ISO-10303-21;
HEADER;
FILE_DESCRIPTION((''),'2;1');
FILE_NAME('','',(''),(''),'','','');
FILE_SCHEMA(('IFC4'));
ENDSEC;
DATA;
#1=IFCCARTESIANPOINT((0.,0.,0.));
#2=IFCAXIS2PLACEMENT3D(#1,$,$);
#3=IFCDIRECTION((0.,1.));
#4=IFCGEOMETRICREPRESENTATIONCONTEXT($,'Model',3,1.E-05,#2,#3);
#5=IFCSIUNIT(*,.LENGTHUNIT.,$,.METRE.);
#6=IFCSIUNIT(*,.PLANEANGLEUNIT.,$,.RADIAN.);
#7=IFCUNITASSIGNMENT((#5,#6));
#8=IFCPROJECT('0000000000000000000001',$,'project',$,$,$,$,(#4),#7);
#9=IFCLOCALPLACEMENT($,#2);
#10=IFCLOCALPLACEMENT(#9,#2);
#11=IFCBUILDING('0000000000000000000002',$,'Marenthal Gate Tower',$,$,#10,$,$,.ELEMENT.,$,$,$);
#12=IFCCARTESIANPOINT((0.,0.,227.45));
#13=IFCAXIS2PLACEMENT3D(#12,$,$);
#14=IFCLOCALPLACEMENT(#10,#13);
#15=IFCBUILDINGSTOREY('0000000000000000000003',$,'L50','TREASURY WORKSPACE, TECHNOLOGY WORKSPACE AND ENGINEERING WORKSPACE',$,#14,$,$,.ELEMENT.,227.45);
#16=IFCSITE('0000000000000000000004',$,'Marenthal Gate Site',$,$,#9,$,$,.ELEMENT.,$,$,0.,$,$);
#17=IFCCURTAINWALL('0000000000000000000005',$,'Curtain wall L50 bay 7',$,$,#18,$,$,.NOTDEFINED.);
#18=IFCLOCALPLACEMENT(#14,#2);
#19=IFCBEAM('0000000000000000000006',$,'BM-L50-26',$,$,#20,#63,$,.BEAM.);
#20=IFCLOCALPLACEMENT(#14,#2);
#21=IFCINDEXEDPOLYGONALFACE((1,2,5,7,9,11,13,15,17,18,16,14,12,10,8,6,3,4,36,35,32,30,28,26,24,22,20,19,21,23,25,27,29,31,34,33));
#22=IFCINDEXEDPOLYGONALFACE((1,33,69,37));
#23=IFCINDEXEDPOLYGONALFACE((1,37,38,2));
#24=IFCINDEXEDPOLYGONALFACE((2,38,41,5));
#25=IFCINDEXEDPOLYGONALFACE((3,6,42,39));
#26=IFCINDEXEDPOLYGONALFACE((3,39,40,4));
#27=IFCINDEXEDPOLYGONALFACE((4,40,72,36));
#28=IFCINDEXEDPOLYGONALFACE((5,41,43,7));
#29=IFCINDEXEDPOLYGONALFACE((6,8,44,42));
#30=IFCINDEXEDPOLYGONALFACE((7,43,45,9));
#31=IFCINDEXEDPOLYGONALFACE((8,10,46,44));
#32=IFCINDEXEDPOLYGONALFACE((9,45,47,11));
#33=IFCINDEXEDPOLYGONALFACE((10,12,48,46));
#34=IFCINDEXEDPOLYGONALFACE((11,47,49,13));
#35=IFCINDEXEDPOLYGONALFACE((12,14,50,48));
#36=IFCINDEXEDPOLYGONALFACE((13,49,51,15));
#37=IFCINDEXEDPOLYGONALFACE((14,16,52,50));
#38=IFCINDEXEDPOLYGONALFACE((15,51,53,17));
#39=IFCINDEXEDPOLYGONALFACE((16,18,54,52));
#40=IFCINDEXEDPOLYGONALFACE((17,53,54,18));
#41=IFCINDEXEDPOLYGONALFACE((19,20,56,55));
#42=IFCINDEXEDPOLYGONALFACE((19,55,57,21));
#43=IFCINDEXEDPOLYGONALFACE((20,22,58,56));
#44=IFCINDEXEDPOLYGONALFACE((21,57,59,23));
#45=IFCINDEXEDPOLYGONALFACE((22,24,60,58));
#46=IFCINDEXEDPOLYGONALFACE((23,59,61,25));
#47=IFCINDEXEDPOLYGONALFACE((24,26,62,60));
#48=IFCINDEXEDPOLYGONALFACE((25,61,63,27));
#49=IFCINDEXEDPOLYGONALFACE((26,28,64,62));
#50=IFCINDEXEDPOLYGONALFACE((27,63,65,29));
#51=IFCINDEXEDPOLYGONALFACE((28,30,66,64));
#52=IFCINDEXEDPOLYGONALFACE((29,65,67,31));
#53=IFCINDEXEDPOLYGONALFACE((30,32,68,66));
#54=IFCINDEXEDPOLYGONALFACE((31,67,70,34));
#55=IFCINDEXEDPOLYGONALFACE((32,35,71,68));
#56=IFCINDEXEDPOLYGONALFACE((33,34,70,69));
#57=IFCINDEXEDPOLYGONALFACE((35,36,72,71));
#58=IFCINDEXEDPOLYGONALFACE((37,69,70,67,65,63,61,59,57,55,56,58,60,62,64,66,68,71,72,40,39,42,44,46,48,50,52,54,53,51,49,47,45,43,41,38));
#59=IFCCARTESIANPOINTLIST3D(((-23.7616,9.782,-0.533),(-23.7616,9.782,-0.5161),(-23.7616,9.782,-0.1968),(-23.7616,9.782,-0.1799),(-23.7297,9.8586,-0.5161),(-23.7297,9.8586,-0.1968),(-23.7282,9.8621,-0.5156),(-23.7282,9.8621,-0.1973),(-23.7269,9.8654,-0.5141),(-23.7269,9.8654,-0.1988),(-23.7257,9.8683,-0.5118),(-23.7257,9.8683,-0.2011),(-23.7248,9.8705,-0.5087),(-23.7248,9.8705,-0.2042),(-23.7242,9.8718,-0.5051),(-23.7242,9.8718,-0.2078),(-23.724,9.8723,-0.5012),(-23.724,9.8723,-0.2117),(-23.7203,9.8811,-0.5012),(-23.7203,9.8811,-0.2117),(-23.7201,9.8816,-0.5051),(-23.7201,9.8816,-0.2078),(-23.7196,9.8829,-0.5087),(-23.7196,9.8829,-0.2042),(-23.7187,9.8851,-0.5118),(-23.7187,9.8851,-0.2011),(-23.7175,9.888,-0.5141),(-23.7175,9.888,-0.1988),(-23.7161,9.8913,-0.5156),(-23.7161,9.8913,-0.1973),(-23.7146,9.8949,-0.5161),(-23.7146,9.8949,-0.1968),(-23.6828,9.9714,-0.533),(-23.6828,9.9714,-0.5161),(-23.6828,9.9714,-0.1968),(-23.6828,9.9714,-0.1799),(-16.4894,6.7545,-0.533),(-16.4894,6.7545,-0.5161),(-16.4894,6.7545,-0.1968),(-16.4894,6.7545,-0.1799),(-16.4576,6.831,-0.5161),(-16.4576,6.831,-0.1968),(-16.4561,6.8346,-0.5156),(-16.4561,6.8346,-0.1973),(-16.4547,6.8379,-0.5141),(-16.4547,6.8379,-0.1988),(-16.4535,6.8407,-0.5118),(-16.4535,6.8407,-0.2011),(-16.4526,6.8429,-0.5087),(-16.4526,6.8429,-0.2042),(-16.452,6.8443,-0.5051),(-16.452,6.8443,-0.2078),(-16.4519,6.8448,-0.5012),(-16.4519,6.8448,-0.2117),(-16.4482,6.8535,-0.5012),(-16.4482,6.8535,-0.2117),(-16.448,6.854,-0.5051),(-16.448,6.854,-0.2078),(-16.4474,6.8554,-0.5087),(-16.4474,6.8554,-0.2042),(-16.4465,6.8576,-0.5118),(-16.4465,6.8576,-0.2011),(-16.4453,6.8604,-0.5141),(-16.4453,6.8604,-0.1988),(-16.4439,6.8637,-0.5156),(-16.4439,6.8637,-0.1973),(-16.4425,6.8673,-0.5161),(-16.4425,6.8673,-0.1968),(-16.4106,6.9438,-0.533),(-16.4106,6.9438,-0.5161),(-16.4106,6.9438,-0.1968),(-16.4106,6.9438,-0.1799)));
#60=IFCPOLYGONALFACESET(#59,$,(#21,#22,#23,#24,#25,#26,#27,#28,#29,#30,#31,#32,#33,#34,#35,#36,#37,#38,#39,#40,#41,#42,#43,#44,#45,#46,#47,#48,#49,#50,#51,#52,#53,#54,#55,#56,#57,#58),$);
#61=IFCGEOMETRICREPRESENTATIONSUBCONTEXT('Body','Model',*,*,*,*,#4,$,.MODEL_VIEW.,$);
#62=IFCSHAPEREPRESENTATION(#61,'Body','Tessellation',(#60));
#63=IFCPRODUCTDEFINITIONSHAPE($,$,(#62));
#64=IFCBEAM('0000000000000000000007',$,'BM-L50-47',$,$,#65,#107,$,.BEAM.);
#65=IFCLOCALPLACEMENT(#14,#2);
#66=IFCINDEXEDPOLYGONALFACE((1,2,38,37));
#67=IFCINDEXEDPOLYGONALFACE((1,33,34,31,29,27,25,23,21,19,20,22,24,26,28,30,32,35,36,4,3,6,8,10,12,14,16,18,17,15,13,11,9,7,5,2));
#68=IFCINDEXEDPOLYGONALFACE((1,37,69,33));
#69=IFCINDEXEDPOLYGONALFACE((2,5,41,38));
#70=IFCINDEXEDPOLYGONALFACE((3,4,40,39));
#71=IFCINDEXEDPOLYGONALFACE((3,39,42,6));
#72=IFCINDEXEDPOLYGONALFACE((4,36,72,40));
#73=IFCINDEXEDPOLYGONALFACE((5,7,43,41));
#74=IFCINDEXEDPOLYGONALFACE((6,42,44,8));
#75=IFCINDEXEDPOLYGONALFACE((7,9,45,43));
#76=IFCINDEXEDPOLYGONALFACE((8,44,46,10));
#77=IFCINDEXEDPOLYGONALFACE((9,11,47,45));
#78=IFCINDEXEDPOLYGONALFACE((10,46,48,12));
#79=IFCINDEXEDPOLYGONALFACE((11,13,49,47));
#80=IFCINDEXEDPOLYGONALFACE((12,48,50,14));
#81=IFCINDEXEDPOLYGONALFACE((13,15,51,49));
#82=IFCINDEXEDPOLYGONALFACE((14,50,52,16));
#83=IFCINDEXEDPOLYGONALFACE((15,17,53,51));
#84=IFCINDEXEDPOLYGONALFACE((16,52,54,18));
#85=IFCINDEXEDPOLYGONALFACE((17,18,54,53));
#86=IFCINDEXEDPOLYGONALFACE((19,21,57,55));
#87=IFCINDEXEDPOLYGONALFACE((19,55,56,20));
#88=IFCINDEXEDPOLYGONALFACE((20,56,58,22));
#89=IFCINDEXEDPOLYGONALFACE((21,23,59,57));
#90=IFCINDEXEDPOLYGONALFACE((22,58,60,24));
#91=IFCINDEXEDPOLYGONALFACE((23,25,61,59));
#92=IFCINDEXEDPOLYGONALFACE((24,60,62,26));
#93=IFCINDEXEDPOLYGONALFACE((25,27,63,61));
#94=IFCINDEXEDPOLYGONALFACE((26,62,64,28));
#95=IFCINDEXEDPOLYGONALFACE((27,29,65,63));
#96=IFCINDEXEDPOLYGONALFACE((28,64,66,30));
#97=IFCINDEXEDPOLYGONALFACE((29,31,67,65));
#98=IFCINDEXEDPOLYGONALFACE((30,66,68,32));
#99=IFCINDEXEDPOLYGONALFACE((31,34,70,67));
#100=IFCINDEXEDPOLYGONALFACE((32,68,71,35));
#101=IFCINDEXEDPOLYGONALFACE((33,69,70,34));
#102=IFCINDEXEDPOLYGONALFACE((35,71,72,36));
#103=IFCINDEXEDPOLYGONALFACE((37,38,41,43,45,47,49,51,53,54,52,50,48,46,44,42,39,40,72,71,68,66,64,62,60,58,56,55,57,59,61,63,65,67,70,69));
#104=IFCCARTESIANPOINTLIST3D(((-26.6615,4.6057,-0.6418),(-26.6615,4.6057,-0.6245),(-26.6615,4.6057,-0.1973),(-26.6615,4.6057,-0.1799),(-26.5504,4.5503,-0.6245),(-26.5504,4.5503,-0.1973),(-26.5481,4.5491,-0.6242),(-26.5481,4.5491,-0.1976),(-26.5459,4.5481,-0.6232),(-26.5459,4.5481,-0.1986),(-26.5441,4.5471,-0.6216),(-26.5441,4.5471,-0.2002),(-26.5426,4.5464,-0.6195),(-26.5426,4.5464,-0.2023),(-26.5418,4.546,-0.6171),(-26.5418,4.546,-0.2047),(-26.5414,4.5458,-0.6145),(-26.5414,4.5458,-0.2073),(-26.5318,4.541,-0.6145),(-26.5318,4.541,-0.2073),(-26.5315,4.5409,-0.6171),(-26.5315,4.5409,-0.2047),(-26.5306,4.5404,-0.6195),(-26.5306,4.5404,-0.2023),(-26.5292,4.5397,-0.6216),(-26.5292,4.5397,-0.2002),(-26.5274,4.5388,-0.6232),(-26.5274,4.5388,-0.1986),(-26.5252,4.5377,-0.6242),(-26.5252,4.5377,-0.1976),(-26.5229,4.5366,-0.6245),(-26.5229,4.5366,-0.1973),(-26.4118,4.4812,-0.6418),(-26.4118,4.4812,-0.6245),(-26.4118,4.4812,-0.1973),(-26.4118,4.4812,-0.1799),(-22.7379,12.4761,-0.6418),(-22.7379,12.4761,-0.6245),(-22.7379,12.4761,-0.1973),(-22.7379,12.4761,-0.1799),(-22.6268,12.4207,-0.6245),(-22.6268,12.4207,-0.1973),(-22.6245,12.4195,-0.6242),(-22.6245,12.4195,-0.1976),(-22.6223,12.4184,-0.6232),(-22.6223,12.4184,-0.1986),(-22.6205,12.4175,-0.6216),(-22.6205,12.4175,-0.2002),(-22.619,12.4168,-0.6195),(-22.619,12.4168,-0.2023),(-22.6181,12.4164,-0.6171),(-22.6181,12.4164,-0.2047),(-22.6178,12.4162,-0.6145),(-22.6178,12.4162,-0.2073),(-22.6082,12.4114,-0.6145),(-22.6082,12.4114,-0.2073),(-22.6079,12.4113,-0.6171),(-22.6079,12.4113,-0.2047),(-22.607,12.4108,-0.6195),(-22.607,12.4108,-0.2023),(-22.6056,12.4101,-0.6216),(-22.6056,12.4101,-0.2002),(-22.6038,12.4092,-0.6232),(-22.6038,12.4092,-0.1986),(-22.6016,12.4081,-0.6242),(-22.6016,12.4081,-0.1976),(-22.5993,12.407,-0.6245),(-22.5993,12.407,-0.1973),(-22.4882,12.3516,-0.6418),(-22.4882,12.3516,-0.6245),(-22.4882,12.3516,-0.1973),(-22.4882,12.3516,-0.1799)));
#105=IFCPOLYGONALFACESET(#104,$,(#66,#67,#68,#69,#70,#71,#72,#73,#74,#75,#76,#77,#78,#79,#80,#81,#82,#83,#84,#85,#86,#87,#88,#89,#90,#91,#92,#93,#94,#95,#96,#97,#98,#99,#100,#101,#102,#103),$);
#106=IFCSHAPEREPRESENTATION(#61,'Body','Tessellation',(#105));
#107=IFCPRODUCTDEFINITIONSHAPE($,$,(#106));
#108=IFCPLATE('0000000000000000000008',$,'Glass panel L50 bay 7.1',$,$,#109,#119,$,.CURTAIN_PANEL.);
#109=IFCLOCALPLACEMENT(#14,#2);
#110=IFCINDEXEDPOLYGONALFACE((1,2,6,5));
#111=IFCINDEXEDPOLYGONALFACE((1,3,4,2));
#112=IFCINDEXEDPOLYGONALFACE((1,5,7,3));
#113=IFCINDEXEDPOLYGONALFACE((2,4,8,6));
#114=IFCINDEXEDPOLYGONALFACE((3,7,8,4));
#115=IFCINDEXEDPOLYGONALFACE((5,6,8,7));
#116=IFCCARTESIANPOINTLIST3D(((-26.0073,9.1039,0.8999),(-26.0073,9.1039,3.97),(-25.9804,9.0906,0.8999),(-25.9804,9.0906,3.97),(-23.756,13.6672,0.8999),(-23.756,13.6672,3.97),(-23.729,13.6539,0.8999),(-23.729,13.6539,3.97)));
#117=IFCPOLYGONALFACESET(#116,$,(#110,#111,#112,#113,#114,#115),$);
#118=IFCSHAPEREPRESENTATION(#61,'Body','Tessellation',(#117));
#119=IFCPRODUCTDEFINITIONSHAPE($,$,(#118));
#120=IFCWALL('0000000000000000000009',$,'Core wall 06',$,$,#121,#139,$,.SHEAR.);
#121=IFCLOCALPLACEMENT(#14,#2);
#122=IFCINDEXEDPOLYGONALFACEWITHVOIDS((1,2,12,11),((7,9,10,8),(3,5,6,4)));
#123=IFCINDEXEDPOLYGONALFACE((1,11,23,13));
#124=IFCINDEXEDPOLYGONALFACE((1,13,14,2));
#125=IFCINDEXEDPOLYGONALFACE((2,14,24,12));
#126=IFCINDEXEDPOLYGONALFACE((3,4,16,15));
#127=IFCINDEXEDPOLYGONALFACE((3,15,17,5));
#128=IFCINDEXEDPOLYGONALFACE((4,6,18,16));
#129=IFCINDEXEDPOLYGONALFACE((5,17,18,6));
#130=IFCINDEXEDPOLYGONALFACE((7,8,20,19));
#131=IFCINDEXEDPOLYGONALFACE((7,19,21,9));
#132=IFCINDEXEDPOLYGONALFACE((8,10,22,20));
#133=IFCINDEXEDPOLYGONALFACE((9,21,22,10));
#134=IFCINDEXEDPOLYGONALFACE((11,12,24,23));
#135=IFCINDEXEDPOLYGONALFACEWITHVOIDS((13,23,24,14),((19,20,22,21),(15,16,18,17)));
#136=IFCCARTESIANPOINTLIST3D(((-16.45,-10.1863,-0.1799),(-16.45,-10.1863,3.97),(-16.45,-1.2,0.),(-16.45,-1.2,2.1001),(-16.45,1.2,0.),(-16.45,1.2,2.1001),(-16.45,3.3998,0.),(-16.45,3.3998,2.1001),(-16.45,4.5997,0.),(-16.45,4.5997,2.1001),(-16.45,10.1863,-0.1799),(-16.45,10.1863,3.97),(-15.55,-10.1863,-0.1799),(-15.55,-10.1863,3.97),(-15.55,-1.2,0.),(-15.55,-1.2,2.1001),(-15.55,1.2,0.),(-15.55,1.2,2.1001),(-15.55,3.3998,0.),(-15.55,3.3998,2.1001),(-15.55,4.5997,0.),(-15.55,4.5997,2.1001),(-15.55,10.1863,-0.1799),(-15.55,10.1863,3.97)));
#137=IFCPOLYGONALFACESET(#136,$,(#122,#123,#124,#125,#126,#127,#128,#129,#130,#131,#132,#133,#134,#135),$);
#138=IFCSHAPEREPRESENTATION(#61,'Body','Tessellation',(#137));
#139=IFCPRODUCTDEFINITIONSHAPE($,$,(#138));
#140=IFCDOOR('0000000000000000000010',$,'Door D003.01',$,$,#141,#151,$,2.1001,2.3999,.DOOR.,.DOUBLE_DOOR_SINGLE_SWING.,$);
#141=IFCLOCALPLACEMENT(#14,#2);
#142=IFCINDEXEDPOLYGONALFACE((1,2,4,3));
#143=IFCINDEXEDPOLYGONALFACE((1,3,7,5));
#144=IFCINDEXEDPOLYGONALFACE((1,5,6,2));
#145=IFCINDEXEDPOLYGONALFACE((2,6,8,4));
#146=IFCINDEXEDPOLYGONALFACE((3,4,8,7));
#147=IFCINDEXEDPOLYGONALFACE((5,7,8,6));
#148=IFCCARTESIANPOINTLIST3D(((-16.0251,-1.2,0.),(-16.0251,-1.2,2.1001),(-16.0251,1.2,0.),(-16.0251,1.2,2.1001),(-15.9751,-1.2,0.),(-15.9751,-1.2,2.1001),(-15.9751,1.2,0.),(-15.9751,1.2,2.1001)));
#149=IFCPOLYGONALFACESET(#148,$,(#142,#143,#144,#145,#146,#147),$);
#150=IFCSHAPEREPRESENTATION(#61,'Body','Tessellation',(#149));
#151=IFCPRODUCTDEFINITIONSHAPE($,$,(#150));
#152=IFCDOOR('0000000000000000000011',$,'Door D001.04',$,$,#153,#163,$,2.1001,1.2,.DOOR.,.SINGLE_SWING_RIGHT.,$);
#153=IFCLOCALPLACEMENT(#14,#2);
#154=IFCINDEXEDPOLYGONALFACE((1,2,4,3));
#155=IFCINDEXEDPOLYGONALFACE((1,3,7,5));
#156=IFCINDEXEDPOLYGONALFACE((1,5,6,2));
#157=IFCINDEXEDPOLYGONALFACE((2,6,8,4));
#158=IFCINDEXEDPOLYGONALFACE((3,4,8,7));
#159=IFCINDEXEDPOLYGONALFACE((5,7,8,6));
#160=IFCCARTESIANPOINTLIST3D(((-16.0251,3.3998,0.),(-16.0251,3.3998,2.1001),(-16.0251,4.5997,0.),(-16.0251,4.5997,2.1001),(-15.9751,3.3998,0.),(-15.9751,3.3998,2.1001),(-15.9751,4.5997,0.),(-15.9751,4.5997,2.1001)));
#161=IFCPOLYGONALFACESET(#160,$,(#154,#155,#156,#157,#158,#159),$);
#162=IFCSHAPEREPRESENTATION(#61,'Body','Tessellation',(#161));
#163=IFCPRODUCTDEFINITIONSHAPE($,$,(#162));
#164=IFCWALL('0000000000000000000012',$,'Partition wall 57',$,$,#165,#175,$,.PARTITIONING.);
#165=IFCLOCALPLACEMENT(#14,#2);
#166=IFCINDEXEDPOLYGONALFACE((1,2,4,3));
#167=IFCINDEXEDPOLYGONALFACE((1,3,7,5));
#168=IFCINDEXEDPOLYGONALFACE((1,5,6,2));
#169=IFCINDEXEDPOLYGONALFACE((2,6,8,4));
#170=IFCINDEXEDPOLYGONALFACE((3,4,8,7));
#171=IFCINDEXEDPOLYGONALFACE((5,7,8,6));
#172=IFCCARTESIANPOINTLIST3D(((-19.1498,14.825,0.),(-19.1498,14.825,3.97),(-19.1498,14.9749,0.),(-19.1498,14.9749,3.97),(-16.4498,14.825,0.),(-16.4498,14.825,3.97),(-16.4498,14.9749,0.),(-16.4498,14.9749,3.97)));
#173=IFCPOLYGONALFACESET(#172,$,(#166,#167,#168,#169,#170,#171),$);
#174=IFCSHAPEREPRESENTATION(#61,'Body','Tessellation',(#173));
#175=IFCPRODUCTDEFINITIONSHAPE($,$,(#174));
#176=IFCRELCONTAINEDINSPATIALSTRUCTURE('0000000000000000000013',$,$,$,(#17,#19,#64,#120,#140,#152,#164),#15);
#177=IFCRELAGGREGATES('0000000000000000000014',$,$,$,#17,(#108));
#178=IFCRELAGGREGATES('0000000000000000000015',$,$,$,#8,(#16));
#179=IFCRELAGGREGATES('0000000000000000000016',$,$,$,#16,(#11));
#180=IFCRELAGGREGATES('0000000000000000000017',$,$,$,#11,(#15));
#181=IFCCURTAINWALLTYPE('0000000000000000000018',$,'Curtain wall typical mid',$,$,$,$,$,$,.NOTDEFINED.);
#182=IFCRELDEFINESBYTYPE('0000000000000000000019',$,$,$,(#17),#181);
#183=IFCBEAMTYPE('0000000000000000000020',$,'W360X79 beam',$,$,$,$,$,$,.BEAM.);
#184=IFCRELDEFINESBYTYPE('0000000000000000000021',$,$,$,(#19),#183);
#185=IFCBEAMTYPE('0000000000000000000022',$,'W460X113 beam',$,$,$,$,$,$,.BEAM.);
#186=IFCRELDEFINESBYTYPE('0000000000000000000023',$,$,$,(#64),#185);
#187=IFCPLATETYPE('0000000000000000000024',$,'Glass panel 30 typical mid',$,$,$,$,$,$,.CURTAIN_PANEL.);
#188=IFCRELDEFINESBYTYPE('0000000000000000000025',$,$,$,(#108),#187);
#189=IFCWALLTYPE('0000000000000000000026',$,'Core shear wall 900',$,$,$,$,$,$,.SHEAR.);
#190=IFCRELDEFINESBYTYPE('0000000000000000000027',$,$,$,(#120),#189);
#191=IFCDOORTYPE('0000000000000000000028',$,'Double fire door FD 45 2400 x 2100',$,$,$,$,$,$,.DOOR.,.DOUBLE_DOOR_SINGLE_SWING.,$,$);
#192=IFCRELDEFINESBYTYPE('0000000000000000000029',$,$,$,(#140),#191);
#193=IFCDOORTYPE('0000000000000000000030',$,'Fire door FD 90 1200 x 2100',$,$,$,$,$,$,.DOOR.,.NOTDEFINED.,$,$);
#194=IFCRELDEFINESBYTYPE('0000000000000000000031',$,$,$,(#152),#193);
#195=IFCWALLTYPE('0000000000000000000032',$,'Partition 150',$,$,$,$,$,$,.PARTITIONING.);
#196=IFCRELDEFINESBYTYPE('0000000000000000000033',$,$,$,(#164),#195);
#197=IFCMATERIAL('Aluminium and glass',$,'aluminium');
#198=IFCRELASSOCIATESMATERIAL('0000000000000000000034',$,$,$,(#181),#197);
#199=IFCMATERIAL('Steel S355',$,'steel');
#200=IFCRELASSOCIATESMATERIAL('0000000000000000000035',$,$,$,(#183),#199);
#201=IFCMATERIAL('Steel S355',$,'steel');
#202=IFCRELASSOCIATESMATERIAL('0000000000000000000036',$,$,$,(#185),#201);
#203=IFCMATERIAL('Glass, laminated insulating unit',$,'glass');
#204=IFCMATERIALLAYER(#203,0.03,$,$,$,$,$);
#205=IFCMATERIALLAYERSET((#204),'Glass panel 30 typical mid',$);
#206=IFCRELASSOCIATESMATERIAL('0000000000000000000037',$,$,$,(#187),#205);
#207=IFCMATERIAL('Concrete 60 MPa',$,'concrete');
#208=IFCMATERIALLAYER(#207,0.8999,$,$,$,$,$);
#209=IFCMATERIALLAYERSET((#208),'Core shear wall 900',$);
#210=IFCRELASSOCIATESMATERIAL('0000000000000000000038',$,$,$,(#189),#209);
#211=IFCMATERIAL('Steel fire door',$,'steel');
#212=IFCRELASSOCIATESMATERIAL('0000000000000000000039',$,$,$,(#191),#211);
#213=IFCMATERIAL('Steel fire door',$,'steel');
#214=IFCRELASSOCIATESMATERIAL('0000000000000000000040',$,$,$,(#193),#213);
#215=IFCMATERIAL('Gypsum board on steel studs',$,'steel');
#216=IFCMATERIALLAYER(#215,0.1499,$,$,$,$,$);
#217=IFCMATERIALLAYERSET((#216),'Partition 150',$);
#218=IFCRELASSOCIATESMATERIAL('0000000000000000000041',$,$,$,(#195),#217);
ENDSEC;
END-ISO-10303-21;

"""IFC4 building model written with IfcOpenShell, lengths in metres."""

from ifc_helpers import new_model, si_unit, direction, frame, frame_2d, origin, origin_2d, place, context, subcontext, project, spatial, rectangle, i_section, extrude, material, layer, layer_set, material_profile, profile_set, type_object, element, fill, aggregate, save


model = new_model("IFC4")

# Units and contexts
model_context = context("Model", 3, precision=1e-05, world=origin(), true_north=direction((0.0, 1.0)))
body_context = subcontext(model_context, "Body", "Model", "MODEL_VIEW")
ifc_project = project(units=[si_unit("LENGTHUNIT", "METRE"), si_unit("PLANEANGLEUNIT", "RADIAN")], contexts=[model_context])

# Site, building, storey
site_placement = place(None, origin())
site = spatial("IfcSite", under=ifc_project, at=site_placement, Name="Marenthal Gate Site", CompositionType="ELEMENT", RefElevation=0.0)
building_placement = place(site_placement, origin())
building = spatial("IfcBuilding", under=site, at=building_placement, Name="Marenthal Gate Tower", CompositionType="ELEMENT")
storey_placement = place(building_placement, frame((0.0, 0.0, 227.45)))
storey = spatial("IfcBuildingStorey", under=building, at=storey_placement, Name="L50", Description="TREASURY WORKSPACE, TECHNOLOGY WORKSPACE AND ENGINEERING WORKSPACE", CompositionType="ELEMENT", Elevation=227.45)

# Curtain wall
ifc_material_1 = material(Name="Aluminium and glass", Category="aluminium")
curtain_wall_type = type_object("IfcCurtainWallType", Name="Curtain wall typical mid", PredefinedType="NOTDEFINED", material=ifc_material_1)
curtain_wall_placement = place(storey_placement, origin())
curtain_wall = element("IfcCurtainWall", 1, at=curtain_wall_placement, inside=storey, type_object=curtain_wall_type, Name="Curtain wall L50 bay 7", PredefinedType="NOTDEFINED")

# Beams
ifc_material_2 = material(Name="Steel S355", Category="steel")
ifc_material_profile_1 = material_profile(ifc_material_2, i_section(OverallWidth=0.2051, OverallDepth=0.353, WebThickness=0.0095, FlangeThickness=0.0168, FilletRadius=0.0149, at=origin_2d()), Name="W360X79")
ifc_profile_set_1 = profile_set([ifc_material_profile_1], Name="Steel S355")
beam_type_1 = type_object("IfcBeamType", Name="W360X79 beam", PredefinedType="BEAM", material=ifc_profile_set_1)
beam_1_placement = place(storey_placement, frame((-23.7222, 9.8767, -0.3564), z_axis=(0.92319, -0.384345, 0.0), x_axis=(0.384345, 0.92319, 0.0)))
element("IfcBeam", 2, at=beam_1_placement, inside=storey, type_object=beam_type_1, Name="BM-L50-26", PredefinedType="BEAM", context=body_context, shape_type="SweptSolid", body=[
    extrude(i_section(OverallWidth=0.2051, OverallDepth=0.353, WebThickness=0.0095, FlangeThickness=0.0168, FilletRadius=0.0149, at=origin_2d()), origin(), (0.0, 0.0, 1.0), 7.8772),
])
ifc_material_3 = material(Name="Steel S355", Category="steel")
ifc_material_profile_2 = material_profile(ifc_material_3, i_section(OverallWidth=0.2791, OverallDepth=0.4619, WebThickness=0.0107, FlangeThickness=0.0173, FilletRadius=0.01, at=origin_2d()), Name="W460X113")
ifc_profile_set_2 = profile_set([ifc_material_profile_2], Name="Steel S355")
beam_type_2 = type_object("IfcBeamType", Name="W460X113 beam", PredefinedType="BEAM", material=ifc_profile_set_2)
beam_2_placement = place(storey_placement, frame((-22.613, 12.4138, -0.4109), z_axis=(-0.446158, -0.894954, 0.0), x_axis=(0.894954, -0.446158, 0.0)))
element("IfcBeam", 3, at=beam_2_placement, inside=storey, type_object=beam_type_2, Name="BM-L50-47", PredefinedType="BEAM", context=body_context, shape_type="SweptSolid", body=[
    extrude(i_section(OverallWidth=0.2791, OverallDepth=0.4619, WebThickness=0.0107, FlangeThickness=0.0173, FilletRadius=0.01, at=origin_2d()), origin(), (0.0, 0.0, 1.0), 8.7942),
])

# Plate
ifc_material_4 = material(Name="Glass, laminated insulating unit", Category="glass")
ifc_layer_1 = layer(ifc_material_4, 0.03)
ifc_layer_set_1 = layer_set([ifc_layer_1], Name="Glass panel 30 typical mid")
plate_type = type_object("IfcPlateType", Name="Glass panel 30 typical mid", PredefinedType="CURTAIN_PANEL", material=ifc_layer_set_1)
plate_placement = place(storey_placement, frame((-24.8682, 11.3789, 0.8999), z_axis=(0.0, 0.0, 1.0), x_axis=(-0.442441, -0.896798, 0.0)))
plate = element("IfcPlate", 4, at=plate_placement, type_object=plate_type, Name="Glass panel L50 bay 7.1", PredefinedType="CURTAIN_PANEL", context=body_context, shape_type="SweptSolid", body=[
    extrude(rectangle(XDim=5.0884, YDim=0.03, at=origin_2d()), origin(), (0.0, 0.0, 1.0), 3.0701),
])
aggregate(curtain_wall, [plate])

# Wall, openings, doors
ifc_material_5 = material(Name="Concrete 60 MPa", Category="concrete")
ifc_layer_2 = layer(ifc_material_5, 0.8999)
ifc_layer_set_2 = layer_set([ifc_layer_2], Name="Core shear wall 900")
wall_type_1 = type_object("IfcWallType", Name="Core shear wall 900", PredefinedType="SHEAR", material=ifc_layer_set_2)
wall_1_placement = place(storey_placement, frame((-16.0, 10.1863, -0.1799), z_axis=(0.0, 0.0, 1.0), x_axis=(0.0, -1.0, 0.0)))
wall_1 = element("IfcWall", 5, at=wall_1_placement, inside=storey, type_object=wall_type_1, Name="Core wall 06", PredefinedType="SHEAR", context=body_context, shape_type="SweptSolid", body=[
    extrude(rectangle(XDim=20.3726, YDim=0.8999, at=frame_2d((10.1863, 0.0))), origin(), (0.0, 0.0, 1.0), 4.1499),
])
opening_1_placement = place(wall_1_placement, frame((8.9863, 0.0, 0.1799)))
opening_1 = element("IfcOpeningElement", 6, at=opening_1_placement, cuts=wall_1, PredefinedType="OPENING", context=body_context, shape_type="SweptSolid", body=[
    extrude(rectangle(XDim=2.3999, YDim=2.1001, at=frame_2d((1.2, 1.05))), frame((0.0, 0.46, 0.0), z_axis=(0.0, -1.0, 0.0), x_axis=(1.0, 0.0, 0.0)), (0.0, 0.0, 1.0), 0.9199),
])
opening_2_placement = place(wall_1_placement, frame((5.5864, 0.0, 0.1799)))
opening_2 = element("IfcOpeningElement", 7, at=opening_2_placement, cuts=wall_1, PredefinedType="OPENING", context=body_context, shape_type="SweptSolid", body=[
    extrude(rectangle(XDim=1.2, YDim=2.1001, at=frame_2d((0.6001, 1.05))), frame((0.0, 0.46, 0.0), z_axis=(0.0, -1.0, 0.0), x_axis=(1.0, 0.0, 0.0)), (0.0, 0.0, 1.0), 0.9199),
])
ifc_material_6 = material(Name="Steel fire door", Category="steel")
door_type_1 = type_object("IfcDoorType", Name="Double fire door FD 45 2400 x 2100", OperationType="DOUBLE_DOOR_SINGLE_SWING", PredefinedType="DOOR", material=ifc_material_6)
door_1_placement = place(opening_1_placement, origin())
door_1 = element("IfcDoor", 8, at=door_1_placement, inside=storey, type_object=door_type_1, Name="Door D003.01", OperationType="DOUBLE_DOOR_SINGLE_SWING", OverallHeight=2.1001, OverallWidth=2.3999, PredefinedType="DOOR", context=body_context, shape_type="SweptSolid", body=[
    extrude(rectangle(XDim=2.3999, YDim=2.1001, at=frame_2d((1.2, 1.05))), frame((0.0, 0.0249, 0.0), z_axis=(0.0, -1.0, 0.0), x_axis=(1.0, 0.0, 0.0)), (0.0, 0.0, 1.0), 0.05),
])
fill(opening_1, door_1)
ifc_material_7 = material(Name="Steel fire door", Category="steel")
door_type_2 = type_object("IfcDoorType", Name="Fire door FD 90 1200 x 2100", OperationType="NOTDEFINED", PredefinedType="DOOR", material=ifc_material_7)
door_2_placement = place(opening_2_placement, origin())
door_2 = element("IfcDoor", 9, at=door_2_placement, inside=storey, type_object=door_type_2, Name="Door D001.04", OperationType="SINGLE_SWING_RIGHT", OverallHeight=2.1001, OverallWidth=1.2, PredefinedType="DOOR", context=body_context, shape_type="SweptSolid", body=[
    extrude(rectangle(XDim=1.2, YDim=2.1001, at=frame_2d((0.6001, 1.05))), frame((0.0, 0.0249, 0.0), z_axis=(0.0, -1.0, 0.0), x_axis=(1.0, 0.0, 0.0)), (0.0, 0.0, 1.0), 0.05),
])
fill(opening_2, door_2)

# Wall
ifc_material_8 = material(Name="Gypsum board on steel studs", Category="steel")
ifc_layer_3 = layer(ifc_material_8, 0.1499)
ifc_layer_set_3 = layer_set([ifc_layer_3], Name="Partition 150")
wall_type_2 = type_object("IfcWallType", Name="Partition 150", PredefinedType="PARTITIONING", material=ifc_layer_set_3)
wall_2_placement = place(storey_placement, frame((-19.1499, 14.8999, 0.0), z_axis=(0.0, 0.0, 1.0), x_axis=(1.0, 0.0, 0.0)))
element("IfcWall", 10, at=wall_2_placement, inside=storey, type_object=wall_type_2, Name="Partition wall 57", PredefinedType="PARTITIONING", context=body_context, shape_type="SweptSolid", body=[
    extrude(rectangle(XDim=2.7, YDim=0.1499, at=frame_2d((1.3501, 0.0))), origin(), (0.0, 0.0, 1.0), 3.97),
])

save(model, "model.ifc")
